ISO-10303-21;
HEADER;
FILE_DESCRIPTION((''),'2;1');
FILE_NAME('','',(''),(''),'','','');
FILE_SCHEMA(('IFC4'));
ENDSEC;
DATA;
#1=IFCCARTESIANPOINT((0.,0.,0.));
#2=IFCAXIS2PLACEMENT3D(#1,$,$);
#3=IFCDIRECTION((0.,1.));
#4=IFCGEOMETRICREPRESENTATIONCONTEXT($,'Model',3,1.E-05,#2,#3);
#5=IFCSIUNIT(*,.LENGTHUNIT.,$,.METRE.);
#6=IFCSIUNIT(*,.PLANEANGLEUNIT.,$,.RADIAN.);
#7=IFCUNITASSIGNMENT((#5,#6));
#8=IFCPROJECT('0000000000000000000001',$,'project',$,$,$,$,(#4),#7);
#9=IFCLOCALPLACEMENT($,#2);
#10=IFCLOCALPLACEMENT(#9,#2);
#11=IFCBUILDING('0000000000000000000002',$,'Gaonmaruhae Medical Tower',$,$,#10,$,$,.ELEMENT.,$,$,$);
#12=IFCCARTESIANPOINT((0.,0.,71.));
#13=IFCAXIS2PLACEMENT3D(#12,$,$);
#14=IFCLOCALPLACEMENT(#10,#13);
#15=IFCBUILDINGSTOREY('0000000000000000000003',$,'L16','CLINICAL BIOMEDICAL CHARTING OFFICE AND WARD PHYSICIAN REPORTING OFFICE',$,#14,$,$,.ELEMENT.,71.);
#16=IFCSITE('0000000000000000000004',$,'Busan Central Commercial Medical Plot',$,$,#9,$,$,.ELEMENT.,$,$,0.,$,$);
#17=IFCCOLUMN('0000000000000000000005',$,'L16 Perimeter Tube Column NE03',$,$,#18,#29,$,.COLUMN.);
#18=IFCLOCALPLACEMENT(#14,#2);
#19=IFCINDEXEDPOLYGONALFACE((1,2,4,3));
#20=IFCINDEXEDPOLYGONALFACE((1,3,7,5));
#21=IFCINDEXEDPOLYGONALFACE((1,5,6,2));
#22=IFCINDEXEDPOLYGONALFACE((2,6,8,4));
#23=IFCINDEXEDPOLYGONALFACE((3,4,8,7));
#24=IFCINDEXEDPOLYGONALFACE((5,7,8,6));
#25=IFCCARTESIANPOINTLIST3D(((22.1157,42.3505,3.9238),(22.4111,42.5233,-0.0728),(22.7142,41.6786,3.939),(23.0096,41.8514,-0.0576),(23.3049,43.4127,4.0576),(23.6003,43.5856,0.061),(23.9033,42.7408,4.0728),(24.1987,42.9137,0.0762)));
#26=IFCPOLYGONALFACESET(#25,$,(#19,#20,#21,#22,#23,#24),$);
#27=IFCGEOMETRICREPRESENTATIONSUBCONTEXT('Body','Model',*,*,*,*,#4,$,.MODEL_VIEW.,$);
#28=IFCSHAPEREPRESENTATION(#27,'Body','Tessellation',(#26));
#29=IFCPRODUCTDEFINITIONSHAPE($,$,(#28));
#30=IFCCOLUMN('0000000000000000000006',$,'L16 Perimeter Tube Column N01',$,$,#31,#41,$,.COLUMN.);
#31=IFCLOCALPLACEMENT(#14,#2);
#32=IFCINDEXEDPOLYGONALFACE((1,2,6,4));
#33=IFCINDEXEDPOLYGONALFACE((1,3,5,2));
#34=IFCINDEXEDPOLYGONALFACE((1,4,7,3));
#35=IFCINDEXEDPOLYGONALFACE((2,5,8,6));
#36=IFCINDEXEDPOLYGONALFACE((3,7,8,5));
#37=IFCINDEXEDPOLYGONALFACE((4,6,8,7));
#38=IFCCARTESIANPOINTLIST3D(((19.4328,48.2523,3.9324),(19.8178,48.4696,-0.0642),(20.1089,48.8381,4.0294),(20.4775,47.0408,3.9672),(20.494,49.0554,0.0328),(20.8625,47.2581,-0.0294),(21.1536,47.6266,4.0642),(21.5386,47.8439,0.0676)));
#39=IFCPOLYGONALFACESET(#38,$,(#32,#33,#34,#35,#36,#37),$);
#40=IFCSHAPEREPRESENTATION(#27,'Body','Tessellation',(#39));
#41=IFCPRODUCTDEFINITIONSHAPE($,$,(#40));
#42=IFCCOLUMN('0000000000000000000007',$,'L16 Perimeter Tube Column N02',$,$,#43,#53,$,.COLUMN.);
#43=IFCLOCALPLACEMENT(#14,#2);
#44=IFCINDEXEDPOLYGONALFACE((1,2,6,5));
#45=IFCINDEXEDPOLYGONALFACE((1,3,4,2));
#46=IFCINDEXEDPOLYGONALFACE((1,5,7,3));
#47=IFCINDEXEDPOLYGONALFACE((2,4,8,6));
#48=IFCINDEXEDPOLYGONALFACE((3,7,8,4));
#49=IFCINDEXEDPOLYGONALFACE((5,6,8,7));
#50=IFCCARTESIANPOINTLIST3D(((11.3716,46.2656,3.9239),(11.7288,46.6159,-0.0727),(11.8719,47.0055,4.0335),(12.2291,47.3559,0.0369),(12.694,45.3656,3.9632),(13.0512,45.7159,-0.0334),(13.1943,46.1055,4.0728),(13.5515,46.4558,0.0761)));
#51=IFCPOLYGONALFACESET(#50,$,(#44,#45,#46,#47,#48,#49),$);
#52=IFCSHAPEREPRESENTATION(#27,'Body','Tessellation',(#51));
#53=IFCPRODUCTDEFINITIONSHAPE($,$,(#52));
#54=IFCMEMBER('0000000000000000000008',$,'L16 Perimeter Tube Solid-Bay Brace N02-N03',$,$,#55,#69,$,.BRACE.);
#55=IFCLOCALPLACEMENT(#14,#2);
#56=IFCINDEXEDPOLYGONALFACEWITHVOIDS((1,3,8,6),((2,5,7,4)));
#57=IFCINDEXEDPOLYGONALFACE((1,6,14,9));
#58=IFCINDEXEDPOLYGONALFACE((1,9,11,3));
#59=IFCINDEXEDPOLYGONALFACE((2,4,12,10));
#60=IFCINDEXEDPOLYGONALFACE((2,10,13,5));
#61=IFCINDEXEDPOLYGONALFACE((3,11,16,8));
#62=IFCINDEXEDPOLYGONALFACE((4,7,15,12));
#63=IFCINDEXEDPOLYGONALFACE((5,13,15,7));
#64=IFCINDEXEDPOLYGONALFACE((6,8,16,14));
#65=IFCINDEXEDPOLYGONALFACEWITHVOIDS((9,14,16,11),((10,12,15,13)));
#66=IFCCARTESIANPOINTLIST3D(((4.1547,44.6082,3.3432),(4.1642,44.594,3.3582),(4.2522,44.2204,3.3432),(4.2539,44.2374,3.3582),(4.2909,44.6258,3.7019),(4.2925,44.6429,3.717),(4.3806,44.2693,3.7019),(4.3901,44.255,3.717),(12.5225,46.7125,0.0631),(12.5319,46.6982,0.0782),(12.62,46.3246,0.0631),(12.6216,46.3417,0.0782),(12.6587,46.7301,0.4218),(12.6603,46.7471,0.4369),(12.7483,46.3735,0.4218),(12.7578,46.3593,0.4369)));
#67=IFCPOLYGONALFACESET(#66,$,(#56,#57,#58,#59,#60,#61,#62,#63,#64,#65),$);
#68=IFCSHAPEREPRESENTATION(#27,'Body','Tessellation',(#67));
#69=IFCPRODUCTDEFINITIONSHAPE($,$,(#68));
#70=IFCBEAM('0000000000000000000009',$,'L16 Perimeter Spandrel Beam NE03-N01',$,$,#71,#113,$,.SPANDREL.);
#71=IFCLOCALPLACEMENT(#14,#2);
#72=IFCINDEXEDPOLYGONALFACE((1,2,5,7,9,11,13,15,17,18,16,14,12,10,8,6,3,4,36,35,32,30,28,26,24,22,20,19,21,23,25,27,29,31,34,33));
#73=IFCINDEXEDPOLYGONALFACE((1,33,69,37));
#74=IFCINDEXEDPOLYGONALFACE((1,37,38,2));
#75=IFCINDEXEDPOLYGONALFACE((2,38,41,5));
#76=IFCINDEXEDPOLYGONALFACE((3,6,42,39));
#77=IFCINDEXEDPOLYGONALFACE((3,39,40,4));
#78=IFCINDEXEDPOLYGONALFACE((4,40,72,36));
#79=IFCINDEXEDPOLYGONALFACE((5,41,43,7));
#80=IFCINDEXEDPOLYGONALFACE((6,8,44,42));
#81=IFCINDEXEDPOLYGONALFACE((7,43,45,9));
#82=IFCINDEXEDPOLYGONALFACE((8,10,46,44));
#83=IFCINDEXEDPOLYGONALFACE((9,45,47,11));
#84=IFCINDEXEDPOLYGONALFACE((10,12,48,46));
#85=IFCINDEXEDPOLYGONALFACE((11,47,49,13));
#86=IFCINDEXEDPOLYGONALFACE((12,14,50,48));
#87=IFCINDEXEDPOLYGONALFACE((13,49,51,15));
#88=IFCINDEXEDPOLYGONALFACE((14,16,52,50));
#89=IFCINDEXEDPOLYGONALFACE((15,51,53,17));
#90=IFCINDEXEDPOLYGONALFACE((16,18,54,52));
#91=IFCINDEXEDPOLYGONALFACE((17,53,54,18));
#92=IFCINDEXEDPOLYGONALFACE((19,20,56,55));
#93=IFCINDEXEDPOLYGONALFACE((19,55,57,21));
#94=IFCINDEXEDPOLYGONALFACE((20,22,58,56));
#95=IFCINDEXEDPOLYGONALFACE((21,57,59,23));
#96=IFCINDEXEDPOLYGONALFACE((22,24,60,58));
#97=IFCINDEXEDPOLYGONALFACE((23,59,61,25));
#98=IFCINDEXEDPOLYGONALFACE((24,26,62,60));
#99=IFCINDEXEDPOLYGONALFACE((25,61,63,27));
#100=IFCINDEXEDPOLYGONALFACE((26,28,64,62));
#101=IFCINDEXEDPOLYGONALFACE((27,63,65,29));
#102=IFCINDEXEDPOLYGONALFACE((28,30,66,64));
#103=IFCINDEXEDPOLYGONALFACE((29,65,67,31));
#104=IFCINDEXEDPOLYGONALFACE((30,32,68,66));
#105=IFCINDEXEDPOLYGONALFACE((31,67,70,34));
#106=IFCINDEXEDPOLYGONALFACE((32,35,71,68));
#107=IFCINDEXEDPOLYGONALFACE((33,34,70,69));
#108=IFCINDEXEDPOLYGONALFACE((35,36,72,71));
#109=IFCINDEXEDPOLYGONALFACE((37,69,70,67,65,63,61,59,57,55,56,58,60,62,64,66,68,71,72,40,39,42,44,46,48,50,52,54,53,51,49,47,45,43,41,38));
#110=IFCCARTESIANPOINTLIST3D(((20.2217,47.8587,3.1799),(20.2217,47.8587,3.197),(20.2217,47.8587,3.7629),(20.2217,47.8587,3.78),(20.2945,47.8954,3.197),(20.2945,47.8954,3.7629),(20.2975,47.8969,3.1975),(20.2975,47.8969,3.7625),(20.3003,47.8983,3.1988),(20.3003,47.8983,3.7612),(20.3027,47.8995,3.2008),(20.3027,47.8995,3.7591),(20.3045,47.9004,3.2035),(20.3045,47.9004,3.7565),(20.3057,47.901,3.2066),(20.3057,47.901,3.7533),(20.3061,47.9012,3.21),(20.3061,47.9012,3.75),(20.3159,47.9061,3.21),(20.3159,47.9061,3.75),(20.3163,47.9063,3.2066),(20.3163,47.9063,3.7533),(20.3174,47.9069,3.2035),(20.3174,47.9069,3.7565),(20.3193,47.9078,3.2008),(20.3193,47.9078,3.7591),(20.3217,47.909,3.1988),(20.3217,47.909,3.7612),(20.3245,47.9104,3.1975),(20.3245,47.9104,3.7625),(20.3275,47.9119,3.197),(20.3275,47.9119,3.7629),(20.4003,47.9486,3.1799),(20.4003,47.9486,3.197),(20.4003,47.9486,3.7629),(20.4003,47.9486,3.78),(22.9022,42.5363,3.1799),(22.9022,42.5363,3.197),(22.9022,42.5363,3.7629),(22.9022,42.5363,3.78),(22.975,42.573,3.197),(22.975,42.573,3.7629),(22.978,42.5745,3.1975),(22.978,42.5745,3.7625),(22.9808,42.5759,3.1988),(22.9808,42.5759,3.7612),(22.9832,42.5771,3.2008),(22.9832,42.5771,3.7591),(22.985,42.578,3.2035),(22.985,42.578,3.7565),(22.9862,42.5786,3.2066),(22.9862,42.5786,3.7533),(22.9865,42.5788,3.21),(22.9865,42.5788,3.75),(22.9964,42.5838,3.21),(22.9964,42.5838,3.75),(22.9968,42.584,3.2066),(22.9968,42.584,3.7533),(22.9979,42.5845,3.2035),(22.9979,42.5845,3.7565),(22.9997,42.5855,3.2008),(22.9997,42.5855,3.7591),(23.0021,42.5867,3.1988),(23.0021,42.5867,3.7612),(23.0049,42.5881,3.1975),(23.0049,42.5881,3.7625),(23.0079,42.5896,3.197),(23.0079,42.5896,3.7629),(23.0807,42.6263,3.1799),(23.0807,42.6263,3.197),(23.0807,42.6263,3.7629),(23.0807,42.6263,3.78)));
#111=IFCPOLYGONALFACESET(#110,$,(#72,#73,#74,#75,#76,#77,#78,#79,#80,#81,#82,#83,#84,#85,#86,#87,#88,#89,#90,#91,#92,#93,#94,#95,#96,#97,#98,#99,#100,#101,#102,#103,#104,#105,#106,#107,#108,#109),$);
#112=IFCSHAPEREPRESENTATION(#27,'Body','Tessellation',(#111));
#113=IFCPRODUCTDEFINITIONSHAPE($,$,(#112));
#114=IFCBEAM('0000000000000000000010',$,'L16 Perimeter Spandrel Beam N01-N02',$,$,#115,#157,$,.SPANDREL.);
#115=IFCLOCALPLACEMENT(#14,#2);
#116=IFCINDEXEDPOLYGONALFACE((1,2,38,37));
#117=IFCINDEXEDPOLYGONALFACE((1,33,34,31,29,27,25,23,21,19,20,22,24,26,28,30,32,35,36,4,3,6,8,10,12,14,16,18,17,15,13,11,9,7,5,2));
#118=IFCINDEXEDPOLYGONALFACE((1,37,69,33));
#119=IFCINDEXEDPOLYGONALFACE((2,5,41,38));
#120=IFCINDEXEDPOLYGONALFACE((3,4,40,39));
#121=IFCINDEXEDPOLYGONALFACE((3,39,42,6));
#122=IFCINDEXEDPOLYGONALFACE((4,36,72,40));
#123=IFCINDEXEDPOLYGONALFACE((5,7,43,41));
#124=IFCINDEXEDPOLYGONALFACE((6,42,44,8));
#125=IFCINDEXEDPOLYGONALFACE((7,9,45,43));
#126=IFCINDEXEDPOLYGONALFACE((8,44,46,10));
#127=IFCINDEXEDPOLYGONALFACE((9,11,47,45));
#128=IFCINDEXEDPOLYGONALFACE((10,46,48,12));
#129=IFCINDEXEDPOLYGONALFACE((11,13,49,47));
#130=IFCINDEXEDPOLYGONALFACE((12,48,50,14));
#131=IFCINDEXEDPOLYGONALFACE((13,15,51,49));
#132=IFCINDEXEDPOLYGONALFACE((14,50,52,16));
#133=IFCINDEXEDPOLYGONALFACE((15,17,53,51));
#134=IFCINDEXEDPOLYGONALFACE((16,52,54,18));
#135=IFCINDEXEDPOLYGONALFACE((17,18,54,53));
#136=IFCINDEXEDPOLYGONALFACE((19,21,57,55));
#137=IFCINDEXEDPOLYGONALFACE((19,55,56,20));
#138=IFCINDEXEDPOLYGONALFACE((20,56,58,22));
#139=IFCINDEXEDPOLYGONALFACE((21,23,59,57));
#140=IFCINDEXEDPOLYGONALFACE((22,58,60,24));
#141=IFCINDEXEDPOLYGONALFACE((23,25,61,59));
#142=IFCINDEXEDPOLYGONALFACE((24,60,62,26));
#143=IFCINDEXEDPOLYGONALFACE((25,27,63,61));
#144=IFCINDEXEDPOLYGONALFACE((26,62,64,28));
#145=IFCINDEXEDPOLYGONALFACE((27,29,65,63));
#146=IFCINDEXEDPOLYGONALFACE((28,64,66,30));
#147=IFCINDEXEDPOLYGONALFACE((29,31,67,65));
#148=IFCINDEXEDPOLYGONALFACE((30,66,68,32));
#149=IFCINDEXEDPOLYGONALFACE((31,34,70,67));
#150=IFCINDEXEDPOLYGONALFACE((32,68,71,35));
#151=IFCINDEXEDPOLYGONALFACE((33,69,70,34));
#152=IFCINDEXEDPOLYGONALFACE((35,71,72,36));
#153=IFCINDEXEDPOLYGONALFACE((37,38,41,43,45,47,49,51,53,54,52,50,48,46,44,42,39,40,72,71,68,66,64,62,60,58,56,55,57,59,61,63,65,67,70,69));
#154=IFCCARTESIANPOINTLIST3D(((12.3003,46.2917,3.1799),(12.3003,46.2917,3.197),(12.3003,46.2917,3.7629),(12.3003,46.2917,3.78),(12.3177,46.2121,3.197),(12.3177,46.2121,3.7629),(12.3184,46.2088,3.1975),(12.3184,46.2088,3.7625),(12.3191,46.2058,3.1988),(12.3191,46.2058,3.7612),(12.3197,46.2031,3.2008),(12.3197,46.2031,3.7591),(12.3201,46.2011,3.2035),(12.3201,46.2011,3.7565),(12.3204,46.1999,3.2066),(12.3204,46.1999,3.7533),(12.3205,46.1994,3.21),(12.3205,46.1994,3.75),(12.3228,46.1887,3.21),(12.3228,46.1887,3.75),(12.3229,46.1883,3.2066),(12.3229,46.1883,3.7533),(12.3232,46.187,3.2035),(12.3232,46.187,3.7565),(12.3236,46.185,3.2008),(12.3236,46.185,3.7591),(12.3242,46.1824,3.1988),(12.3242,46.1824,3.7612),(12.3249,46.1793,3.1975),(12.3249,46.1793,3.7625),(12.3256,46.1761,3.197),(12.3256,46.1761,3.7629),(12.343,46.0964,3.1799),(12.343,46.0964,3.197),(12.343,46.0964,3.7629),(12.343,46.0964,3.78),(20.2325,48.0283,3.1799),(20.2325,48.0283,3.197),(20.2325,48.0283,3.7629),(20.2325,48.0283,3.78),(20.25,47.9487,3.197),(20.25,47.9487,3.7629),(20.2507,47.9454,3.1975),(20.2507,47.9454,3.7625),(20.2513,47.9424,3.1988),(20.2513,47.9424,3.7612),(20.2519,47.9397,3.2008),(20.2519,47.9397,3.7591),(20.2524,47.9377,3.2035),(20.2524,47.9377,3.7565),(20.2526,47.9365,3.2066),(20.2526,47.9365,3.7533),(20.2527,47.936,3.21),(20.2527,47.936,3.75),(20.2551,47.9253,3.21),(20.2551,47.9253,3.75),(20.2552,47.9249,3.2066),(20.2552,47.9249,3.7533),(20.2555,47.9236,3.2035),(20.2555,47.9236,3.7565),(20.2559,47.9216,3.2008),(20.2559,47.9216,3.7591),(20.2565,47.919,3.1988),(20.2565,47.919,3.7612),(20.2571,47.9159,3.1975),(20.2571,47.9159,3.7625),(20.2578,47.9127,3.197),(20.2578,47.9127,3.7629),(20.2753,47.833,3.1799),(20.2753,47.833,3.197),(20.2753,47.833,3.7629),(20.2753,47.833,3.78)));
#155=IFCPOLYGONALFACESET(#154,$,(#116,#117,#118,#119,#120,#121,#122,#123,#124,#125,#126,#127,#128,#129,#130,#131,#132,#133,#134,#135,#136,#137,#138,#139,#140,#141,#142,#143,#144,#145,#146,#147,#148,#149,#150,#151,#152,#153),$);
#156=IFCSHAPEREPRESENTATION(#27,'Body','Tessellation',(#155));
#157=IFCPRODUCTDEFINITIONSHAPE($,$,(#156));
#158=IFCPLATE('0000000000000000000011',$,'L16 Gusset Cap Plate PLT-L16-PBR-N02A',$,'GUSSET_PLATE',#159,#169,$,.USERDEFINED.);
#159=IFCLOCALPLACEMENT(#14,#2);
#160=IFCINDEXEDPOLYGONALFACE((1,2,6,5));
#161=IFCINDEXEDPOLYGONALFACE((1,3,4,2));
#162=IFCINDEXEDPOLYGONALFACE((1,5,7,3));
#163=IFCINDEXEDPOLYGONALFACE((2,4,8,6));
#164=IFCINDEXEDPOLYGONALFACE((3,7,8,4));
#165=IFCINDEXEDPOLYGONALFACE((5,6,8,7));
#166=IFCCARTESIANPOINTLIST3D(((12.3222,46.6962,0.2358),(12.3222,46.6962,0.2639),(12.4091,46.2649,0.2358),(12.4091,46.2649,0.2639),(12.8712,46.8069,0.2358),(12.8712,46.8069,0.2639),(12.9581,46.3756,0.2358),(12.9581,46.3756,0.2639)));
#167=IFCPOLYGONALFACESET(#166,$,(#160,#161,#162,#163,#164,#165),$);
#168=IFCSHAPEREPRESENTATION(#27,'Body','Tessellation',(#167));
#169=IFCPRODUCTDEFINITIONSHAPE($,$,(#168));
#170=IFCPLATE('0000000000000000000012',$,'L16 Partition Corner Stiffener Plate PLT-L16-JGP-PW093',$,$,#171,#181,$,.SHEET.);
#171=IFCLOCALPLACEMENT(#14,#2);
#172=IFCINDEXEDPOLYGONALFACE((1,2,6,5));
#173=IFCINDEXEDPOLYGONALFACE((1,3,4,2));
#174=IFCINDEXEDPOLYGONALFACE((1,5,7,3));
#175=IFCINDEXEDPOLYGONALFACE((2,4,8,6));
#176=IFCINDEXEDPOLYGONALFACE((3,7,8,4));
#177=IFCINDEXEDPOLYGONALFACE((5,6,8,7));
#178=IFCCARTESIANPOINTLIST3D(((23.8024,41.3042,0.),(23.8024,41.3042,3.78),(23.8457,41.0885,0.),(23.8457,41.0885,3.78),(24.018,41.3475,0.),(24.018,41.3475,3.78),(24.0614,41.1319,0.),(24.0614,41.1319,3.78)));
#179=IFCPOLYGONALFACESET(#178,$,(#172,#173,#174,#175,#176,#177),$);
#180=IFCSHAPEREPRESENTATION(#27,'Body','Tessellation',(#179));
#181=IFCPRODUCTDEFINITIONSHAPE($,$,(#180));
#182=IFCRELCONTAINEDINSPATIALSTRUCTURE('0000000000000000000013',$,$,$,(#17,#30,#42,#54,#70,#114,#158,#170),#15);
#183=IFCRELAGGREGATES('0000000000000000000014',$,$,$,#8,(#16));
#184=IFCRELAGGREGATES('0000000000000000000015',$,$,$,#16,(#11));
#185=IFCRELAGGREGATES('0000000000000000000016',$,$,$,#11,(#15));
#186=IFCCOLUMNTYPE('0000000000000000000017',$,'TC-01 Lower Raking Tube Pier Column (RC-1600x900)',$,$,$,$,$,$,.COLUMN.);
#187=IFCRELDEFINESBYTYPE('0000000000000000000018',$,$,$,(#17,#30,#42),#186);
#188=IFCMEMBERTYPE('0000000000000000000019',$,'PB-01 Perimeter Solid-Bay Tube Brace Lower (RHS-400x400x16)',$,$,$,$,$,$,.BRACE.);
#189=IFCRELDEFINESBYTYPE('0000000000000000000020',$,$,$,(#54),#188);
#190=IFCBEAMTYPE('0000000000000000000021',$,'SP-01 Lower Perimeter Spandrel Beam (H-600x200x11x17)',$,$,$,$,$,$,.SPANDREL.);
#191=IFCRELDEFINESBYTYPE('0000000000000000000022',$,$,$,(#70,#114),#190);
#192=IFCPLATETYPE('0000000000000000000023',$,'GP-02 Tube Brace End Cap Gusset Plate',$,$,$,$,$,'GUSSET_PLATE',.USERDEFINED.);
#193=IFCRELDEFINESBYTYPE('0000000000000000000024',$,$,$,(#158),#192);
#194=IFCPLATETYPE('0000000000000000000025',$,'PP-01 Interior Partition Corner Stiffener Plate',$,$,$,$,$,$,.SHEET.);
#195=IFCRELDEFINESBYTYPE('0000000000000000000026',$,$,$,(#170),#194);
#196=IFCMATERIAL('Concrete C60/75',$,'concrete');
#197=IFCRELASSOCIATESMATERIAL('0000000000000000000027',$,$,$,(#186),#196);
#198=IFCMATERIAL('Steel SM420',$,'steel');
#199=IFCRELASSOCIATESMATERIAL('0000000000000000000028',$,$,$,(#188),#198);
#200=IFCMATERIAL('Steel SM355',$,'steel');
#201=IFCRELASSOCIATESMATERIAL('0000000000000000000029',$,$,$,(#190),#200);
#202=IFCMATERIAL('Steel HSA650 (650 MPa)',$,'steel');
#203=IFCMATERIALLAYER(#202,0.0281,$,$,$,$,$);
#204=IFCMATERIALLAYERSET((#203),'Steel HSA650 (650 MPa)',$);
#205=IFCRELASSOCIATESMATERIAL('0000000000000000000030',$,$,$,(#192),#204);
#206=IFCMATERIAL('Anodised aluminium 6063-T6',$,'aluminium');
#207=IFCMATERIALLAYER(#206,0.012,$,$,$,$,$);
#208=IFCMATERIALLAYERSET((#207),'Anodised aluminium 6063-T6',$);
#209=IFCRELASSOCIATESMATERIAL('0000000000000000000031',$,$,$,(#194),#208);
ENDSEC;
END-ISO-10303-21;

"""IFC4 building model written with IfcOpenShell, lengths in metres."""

from ifc_helpers import new_model, si_unit, direction, frame, origin, origin_2d, place, context, subcontext, project, spatial, rectangle, hollow_rectangle, i_section, extrude, material, layer, layer_set, material_profile, profile_set, type_object, element, save


model = new_model("IFC4")

# Units and contexts
model_context = context("Model", 3, precision=1e-05, world=origin(), true_north=direction((0.0, 1.0)))
body_context = subcontext(model_context, "Body", "Model", "MODEL_VIEW")
ifc_project = project(units=[si_unit("LENGTHUNIT", "METRE"), si_unit("PLANEANGLEUNIT", "RADIAN")], contexts=[model_context])

# Site, building, storey
site_placement = place(None, origin())
site = spatial("IfcSite", under=ifc_project, at=site_placement, Name="Busan Central Commercial Medical Plot", CompositionType="ELEMENT", RefElevation=0.0)
building_placement = place(site_placement, origin())
building = spatial("IfcBuilding", under=site, at=building_placement, Name="Gaonmaruhae Medical Tower", CompositionType="ELEMENT")
storey_placement = place(building_placement, frame((0.0, 0.0, 71.0)))
storey = spatial("IfcBuildingStorey", under=building, at=storey_placement, Name="L16", Description="CLINICAL BIOMEDICAL CHARTING OFFICE AND WARD PHYSICIAN REPORTING OFFICE", CompositionType="ELEMENT", Elevation=71.0)

# Columns
ifc_material_1 = material(Name="Concrete C60/75", Category="concrete")
ifc_material_profile_1 = material_profile(ifc_material_1, rectangle(XDim=1.6001, YDim=0.8999, at=origin_2d()), Name="RC-1600x900")
ifc_profile_set_1 = profile_set([ifc_material_profile_1], Name="Concrete C60/75")
column_type = type_object("IfcColumnType", Name="TC-01 Lower Raking Tube Pier Column (RC-1600x900)", PredefinedType="COLUMN", material=ifc_profile_set_1)
column_1_placement = place(storey_placement, frame((23.3049, 42.7185, 0.0017), z_axis=(-0.073646, -0.043092, 0.996353), x_axis=(0.74317, 0.663854, 0.083644)))
element("IfcColumn", 1, at=column_1_placement, inside=storey, type_object=column_type, Name="L16 Perimeter Tube Column NE03", PredefinedType="COLUMN", context=body_context, shape_type="SweptSolid", body=[
    extrude(rectangle(XDim=1.6001, YDim=0.8999, at=origin_2d()), origin(), (0.0, 0.0, 1.0), 4.0112),
])
column_2_placement = place(storey_placement, frame((20.6782, 48.1567, 0.0017), z_axis=(-0.095751, -0.054038, 0.993937), x_axis=(0.652889, -0.757142, 0.021732)))
element("IfcColumn", 2, at=column_2_placement, inside=storey, type_object=column_type, Name="L16 Perimeter Tube Column N01", PredefinedType="COLUMN", context=body_context, shape_type="SweptSolid", body=[
    extrude(rectangle(XDim=1.6001, YDim=0.8999, at=origin_2d()), origin(), (0.0, 0.0, 1.0), 4.021),
])
column_3_placement = place(storey_placement, frame((12.6401, 46.5359, 0.0017), z_axis=(-0.088679, -0.086981, 0.992255), x_axis=(0.826443, -0.562485, 0.024552)))
element("IfcColumn", 3, at=column_3_placement, inside=storey, type_object=column_type, Name="L16 Perimeter Tube Column N02", PredefinedType="COLUMN", context=body_context, shape_type="SweptSolid", body=[
    extrude(rectangle(XDim=1.6001, YDim=0.8999, at=origin_2d()), origin(), (0.0, 0.0, 1.0), 4.0278),
])

# Member
ifc_material_2 = material(Name="Steel SM420", Category="steel")
ifc_material_profile_2 = material_profile(ifc_material_2, hollow_rectangle(XDim=0.3999, YDim=0.3999, WallThickness=0.0161, at=origin_2d()), Name="RHS-400x400x16")
ifc_profile_set_2 = profile_set([ifc_material_profile_2], Name="Steel SM420")
member_type = type_object("IfcMemberType", Name="PB-01 Perimeter Solid-Bay Tube Brace Lower (RHS-400x400x16)", PredefinedType="BRACE", material=ifc_profile_set_2)
member_placement = place(storey_placement, frame((12.6401, 46.5359, 0.25), z_axis=(-0.906512, -0.227964, 0.355342), x_axis=(0.24388, -0.969805, 0.0)))
element("IfcMember", 4, at=member_placement, inside=storey, type_object=member_type, Name="L16 Perimeter Tube Solid-Bay Brace N02-N03", PredefinedType="BRACE", context=body_context, shape_type="SweptSolid", body=[
    extrude(hollow_rectangle(XDim=0.3999, YDim=0.3999, WallThickness=0.0161, at=origin_2d()), origin(), (0.0, 0.0, 1.0), 9.2307),
])

# Beams
ifc_material_3 = material(Name="Steel SM355", Category="steel")
ifc_material_profile_3 = material_profile(ifc_material_3, i_section(OverallWidth=0.2, OverallDepth=0.6001, WebThickness=0.011, FlangeThickness=0.0171, FilletRadius=0.0129, at=origin_2d()), Name="H-600x200x11x17")
ifc_profile_set_3 = profile_set([ifc_material_profile_3], Name="Steel SM355")
beam_type = type_object("IfcBeamType", Name="SP-01 Lower Perimeter Spandrel Beam (H-600x200x11x17)", PredefinedType="SPANDREL", material=ifc_profile_set_3)
beam_1_placement = place(storey_placement, frame((22.9915, 42.5813, 3.48), z_axis=(-0.449801, 0.893129, 0.0), x_axis=(-0.893129, -0.449801, 0.0)))
element("IfcBeam", 5, at=beam_1_placement, inside=storey, type_object=beam_type, Name="L16 Perimeter Spandrel Beam NE03-N01", PredefinedType="SPANDREL", context=body_context, shape_type="SweptSolid", body=[
    extrude(i_section(OverallWidth=0.2, OverallDepth=0.6001, WebThickness=0.011, FlangeThickness=0.0171, FilletRadius=0.0129, at=origin_2d()), origin(), (0.0, 0.0, 1.0), 5.9592),
])
beam_2_placement = place(storey_placement, frame((20.2539, 47.9307, 3.48), z_axis=(-0.976864, -0.213864, 0.0), x_axis=(0.213864, -0.976864, 0.0)))
element("IfcBeam", 6, at=beam_2_placement, inside=storey, type_object=beam_type, Name="L16 Perimeter Spandrel Beam N01-N02", PredefinedType="SPANDREL", context=body_context, shape_type="SweptSolid", body=[
    extrude(i_section(OverallWidth=0.2, OverallDepth=0.6001, WebThickness=0.011, FlangeThickness=0.0171, FilletRadius=0.0129, at=origin_2d()), origin(), (0.0, 0.0, 1.0), 8.1201),
])

# Plates
ifc_material_4 = material(Name="Steel HSA650 (650 MPa)", Category="steel")
ifc_layer_1 = layer(ifc_material_4, 0.0281)
ifc_layer_set_1 = layer_set([ifc_layer_1], Name="Steel HSA650 (650 MPa)")
plate_type_1 = type_object("IfcPlateType", Name="GP-02 Tube Brace End Cap Gusset Plate", ElementType="GUSSET_PLATE", PredefinedType="USERDEFINED", material=ifc_layer_set_1)
plate_placement = place(storey_placement, frame((12.6401, 46.5359, 0.2358), z_axis=(0.0, 0.0, 1.0), x_axis=(0.980271, 0.197657, 0.0)))
element("IfcPlate", 7, at=plate_placement, inside=storey, type_object=plate_type_1, Name="L16 Gusset Cap Plate PLT-L16-PBR-N02A", ObjectType="GUSSET_PLATE", PredefinedType="USERDEFINED", context=body_context, shape_type="SweptSolid", body=[
    extrude(rectangle(XDim=0.5601, YDim=0.4399, at=origin_2d()), origin(), (0.0, 0.0, 1.0), 0.0281),
])
ifc_material_5 = material(Name="Anodised aluminium 6063-T6", Category="aluminium")
ifc_layer_2 = layer(ifc_material_5, 0.012)
ifc_layer_set_2 = layer_set([ifc_layer_2], Name="Anodised aluminium 6063-T6")
plate_type_2 = type_object("IfcPlateType", Name="PP-01 Interior Partition Corner Stiffener Plate", PredefinedType="SHEET", material=ifc_layer_set_2)
for number, where, z_axis, x_axis, name in (
    (8, (23.9319, 41.218, 0.0), (0.0, 0.0, 1.0), (-0.980371, -0.197161, 0.0), "L16 Partition Corner Stiffener Plate PLT-L16-JGP-PW093"),
):
    element("IfcPlate", number, at=place(storey_placement, frame(where, z_axis=z_axis, x_axis=x_axis)), inside=storey, type_object=plate_type_2, Name=name, PredefinedType="SHEET", context=body_context, shape_type="SweptSolid", body=[
        extrude(rectangle(XDim=0.22, YDim=0.22, at=origin_2d()), origin(), (0.0, 0.0, 1.0), 3.78),
    ])

save(model, "model.ifc")
